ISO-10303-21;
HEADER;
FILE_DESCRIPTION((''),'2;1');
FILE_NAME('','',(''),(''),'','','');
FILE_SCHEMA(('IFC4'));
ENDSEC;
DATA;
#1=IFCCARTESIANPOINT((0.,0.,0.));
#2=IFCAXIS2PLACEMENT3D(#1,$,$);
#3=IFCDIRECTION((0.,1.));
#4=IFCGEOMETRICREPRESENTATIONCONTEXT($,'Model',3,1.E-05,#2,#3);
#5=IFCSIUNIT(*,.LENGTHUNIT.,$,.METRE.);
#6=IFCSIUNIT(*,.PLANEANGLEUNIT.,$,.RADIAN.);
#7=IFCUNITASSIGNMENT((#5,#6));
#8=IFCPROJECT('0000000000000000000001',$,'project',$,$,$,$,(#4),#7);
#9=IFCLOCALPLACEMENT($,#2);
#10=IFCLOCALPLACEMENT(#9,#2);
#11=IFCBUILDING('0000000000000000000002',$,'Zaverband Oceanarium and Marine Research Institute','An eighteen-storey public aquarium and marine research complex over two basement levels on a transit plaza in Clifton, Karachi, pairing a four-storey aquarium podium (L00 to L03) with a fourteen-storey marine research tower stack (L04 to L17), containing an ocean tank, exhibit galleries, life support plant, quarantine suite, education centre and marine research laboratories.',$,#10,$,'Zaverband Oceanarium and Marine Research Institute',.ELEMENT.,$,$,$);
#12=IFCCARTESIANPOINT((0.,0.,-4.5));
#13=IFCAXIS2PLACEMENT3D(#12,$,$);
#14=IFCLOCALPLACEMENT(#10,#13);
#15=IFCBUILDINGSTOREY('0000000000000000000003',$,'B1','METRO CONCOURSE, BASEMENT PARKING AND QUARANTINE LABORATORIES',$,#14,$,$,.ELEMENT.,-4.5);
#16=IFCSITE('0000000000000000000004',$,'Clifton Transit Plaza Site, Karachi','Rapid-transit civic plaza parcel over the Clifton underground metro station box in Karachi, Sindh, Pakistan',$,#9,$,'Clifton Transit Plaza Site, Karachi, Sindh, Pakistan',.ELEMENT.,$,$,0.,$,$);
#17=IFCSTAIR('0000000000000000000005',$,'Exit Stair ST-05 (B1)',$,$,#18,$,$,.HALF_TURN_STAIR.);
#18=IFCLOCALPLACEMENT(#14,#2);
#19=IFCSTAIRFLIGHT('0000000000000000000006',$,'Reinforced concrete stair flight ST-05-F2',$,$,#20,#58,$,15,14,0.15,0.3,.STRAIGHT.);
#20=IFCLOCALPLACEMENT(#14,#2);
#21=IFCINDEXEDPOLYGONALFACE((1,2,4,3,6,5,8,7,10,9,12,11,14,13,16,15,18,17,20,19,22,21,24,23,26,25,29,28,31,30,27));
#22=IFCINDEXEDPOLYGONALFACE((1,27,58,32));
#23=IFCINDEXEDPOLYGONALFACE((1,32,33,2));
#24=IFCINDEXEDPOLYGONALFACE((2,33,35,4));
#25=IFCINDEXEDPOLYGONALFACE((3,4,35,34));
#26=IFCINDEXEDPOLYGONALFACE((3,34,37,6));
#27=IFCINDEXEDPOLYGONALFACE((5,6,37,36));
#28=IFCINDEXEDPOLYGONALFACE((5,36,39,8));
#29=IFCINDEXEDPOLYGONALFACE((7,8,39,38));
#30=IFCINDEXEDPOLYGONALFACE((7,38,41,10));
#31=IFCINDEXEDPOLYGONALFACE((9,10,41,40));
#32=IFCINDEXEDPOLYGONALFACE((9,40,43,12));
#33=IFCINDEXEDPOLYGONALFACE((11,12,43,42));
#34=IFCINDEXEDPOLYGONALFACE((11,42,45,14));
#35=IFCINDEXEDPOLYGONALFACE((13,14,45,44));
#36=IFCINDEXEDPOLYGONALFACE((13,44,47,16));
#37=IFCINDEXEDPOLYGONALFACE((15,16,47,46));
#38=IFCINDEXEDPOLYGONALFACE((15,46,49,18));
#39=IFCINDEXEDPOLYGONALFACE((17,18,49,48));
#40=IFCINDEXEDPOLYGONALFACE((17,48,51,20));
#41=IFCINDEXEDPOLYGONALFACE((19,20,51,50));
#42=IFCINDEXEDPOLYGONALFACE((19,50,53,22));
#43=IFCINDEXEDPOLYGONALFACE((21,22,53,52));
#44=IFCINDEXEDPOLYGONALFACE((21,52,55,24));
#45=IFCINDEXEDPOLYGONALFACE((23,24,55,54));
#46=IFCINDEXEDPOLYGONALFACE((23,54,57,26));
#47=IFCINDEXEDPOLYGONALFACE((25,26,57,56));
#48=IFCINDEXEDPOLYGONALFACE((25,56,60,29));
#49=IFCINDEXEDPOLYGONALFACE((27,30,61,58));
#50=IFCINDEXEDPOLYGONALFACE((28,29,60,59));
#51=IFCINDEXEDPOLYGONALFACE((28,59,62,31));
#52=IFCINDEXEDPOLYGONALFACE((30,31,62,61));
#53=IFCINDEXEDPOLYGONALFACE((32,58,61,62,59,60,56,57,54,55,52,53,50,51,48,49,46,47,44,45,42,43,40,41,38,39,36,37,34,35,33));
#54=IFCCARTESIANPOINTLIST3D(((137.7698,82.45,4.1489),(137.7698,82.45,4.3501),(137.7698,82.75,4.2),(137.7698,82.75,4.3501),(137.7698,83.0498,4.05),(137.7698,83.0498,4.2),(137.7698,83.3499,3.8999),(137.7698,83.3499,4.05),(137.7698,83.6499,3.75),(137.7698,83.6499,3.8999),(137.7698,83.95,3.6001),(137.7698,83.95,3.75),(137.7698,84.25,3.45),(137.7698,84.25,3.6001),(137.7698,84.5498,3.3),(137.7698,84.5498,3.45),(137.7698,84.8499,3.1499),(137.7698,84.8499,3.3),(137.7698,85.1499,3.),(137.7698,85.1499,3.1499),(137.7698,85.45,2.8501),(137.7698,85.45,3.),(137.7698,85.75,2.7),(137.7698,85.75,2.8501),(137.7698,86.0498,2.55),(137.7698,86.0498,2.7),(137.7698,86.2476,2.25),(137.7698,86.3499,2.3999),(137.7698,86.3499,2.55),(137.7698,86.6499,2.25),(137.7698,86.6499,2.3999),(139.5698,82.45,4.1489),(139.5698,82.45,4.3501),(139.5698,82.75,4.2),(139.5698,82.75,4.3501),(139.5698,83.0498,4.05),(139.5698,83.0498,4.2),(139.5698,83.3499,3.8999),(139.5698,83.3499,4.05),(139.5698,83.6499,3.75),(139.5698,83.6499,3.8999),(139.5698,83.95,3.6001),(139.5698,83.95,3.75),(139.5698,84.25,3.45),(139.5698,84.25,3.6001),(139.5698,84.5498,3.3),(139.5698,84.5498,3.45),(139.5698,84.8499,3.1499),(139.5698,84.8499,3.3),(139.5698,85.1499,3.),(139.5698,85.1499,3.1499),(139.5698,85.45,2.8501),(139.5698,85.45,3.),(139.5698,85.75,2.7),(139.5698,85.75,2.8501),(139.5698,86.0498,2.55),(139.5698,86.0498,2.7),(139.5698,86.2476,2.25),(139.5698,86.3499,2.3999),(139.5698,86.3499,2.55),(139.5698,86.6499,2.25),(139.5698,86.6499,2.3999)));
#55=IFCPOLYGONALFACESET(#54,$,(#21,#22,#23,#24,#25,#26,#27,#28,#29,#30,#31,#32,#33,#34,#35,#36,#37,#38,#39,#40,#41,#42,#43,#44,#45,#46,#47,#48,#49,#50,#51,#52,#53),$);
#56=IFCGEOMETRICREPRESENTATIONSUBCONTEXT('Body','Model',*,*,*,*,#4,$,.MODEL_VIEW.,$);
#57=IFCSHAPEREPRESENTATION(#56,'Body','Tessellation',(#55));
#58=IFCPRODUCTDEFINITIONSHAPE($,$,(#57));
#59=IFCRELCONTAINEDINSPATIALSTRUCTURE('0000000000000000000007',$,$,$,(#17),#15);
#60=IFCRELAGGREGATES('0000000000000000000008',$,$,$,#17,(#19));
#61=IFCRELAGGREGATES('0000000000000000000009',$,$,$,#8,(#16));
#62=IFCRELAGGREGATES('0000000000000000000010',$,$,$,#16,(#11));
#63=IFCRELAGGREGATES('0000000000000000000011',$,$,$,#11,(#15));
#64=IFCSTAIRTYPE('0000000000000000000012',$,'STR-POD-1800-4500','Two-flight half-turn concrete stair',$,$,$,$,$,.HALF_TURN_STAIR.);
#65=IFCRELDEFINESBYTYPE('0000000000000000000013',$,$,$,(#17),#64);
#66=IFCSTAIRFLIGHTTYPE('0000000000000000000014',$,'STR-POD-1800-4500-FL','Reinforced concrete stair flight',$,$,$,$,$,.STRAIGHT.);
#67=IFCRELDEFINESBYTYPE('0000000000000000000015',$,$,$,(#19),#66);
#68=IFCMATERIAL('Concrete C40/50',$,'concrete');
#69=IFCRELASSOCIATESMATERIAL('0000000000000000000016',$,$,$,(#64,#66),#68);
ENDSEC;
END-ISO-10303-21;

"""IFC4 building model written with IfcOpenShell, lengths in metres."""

from ifc_helpers import new_model, si_unit, direction, frame, origin, place, context, subcontext, project, spatial, polyline, outline, extrude, material, type_object, element, aggregate, save


model = new_model("IFC4")

# Units and contexts
model_context = context("Model", 3, precision=1e-05, world=origin(), true_north=direction((0.0, 1.0)))
body_context = subcontext(model_context, "Body", "Model", "MODEL_VIEW")
ifc_project = project(units=[si_unit("LENGTHUNIT", "METRE"), si_unit("PLANEANGLEUNIT", "RADIAN")], contexts=[model_context])

# Site, building, storey
site_placement = place(None, origin())
site = spatial("IfcSite", under=ifc_project, at=site_placement, Name="Clifton Transit Plaza Site, Karachi", Description="Rapid-transit civic plaza parcel over the Clifton underground metro station box in Karachi, Sindh, Pakistan", LongName="Clifton Transit Plaza Site, Karachi, Sindh, Pakistan", CompositionType="ELEMENT", RefElevation=0.0)
building_placement = place(site_placement, origin())
building = spatial("IfcBuilding", under=site, at=building_placement, Name="Zaverband Oceanarium and Marine Research Institute", Description="An eighteen-storey public aquarium and marine research complex over two basement levels on a transit plaza in Clifton, Karachi, pairing a four-storey aquarium podium (L00 to L03) with a fourteen-storey marine research tower stack (L04 to L17), containing an ocean tank, exhibit galleries, life support plant, quarantine suite, education centre and marine research laboratories.", LongName="Zaverband Oceanarium and Marine Research Institute", CompositionType="ELEMENT")
storey_placement = place(building_placement, frame((0.0, 0.0, -4.5)))
storey = spatial("IfcBuildingStorey", under=building, at=storey_placement, Name="B1", Description="METRO CONCOURSE, BASEMENT PARKING AND QUARANTINE LABORATORIES", CompositionType="ELEMENT", Elevation=-4.5)

# Shared definitions
ifc_material_1 = material(Name="Concrete C40/50", Category="concrete")

# Stair, stair flight
stair_type = type_object("IfcStairType", Name="STR-POD-1800-4500", Description="Two-flight half-turn concrete stair", PredefinedType="HALF_TURN_STAIR", material=ifc_material_1)
stair_placement = place(storey_placement, origin())
stair = element("IfcStair", 1, at=stair_placement, inside=storey, type_object=stair_type, Name="Exit Stair ST-05 (B1)", PredefinedType="HALF_TURN_STAIR")
stair_flight_type = type_object("IfcStairFlightType", Name="STR-POD-1800-4500-FL", Description="Reinforced concrete stair flight", PredefinedType="STRAIGHT", material=ifc_material_1)
stair_flight_1_placement = place(storey_placement, frame((138.6699, 86.6499, 2.25), z_axis=(0.0, 0.0, 1.0), x_axis=(0.0, -1.0, 0.0)))
stair_flight_1 = element("IfcStairFlight", 2, at=stair_flight_1_placement, type_object=stair_flight_type, Name="Reinforced concrete stair flight ST-05-F2", NumberOfRisers=15, NumberOfTreads=14, PredefinedType="STRAIGHT", RiserHeight=0.15, TreadLength=0.3, context=body_context, shape_type="SweptSolid", body=[
    extrude(outline(polyline([(0.0, 0.0), (0.0, 0.1499), (0.3, 0.1499), (0.3, 0.3), (0.6001, 0.3), (0.6001, 0.45), (0.8999, 0.45), (0.8999, 0.6001), (1.2, 0.6001), (1.2, 0.75), (1.5, 0.75), (1.5, 0.8999), (1.8, 0.8999), (1.8, 1.05), (2.1001, 1.05), (2.1001, 1.2), (2.3999, 1.2), (2.3999, 1.3501), (2.7, 1.3501), (2.7, 1.5), (3.0, 1.5), (3.0, 1.6499), (3.3, 1.6499), (3.3, 1.8), (3.6001, 1.8), (3.6001, 1.95), (3.8999, 1.95), (3.8999, 2.1001), (4.2, 2.1001), (4.2, 2.25), (4.2, 1.8989), (0.4023, 0.0), (0.0, 0.0)])), frame((0.0, 0.8999, 0.0), z_axis=(0.0, -1.0, 0.0), x_axis=(1.0, 0.0, 0.0)), (0.0, 0.0, 1.0), 1.8),
])
aggregate(stair, [stair_flight_1])

save(model, "model.ifc")
